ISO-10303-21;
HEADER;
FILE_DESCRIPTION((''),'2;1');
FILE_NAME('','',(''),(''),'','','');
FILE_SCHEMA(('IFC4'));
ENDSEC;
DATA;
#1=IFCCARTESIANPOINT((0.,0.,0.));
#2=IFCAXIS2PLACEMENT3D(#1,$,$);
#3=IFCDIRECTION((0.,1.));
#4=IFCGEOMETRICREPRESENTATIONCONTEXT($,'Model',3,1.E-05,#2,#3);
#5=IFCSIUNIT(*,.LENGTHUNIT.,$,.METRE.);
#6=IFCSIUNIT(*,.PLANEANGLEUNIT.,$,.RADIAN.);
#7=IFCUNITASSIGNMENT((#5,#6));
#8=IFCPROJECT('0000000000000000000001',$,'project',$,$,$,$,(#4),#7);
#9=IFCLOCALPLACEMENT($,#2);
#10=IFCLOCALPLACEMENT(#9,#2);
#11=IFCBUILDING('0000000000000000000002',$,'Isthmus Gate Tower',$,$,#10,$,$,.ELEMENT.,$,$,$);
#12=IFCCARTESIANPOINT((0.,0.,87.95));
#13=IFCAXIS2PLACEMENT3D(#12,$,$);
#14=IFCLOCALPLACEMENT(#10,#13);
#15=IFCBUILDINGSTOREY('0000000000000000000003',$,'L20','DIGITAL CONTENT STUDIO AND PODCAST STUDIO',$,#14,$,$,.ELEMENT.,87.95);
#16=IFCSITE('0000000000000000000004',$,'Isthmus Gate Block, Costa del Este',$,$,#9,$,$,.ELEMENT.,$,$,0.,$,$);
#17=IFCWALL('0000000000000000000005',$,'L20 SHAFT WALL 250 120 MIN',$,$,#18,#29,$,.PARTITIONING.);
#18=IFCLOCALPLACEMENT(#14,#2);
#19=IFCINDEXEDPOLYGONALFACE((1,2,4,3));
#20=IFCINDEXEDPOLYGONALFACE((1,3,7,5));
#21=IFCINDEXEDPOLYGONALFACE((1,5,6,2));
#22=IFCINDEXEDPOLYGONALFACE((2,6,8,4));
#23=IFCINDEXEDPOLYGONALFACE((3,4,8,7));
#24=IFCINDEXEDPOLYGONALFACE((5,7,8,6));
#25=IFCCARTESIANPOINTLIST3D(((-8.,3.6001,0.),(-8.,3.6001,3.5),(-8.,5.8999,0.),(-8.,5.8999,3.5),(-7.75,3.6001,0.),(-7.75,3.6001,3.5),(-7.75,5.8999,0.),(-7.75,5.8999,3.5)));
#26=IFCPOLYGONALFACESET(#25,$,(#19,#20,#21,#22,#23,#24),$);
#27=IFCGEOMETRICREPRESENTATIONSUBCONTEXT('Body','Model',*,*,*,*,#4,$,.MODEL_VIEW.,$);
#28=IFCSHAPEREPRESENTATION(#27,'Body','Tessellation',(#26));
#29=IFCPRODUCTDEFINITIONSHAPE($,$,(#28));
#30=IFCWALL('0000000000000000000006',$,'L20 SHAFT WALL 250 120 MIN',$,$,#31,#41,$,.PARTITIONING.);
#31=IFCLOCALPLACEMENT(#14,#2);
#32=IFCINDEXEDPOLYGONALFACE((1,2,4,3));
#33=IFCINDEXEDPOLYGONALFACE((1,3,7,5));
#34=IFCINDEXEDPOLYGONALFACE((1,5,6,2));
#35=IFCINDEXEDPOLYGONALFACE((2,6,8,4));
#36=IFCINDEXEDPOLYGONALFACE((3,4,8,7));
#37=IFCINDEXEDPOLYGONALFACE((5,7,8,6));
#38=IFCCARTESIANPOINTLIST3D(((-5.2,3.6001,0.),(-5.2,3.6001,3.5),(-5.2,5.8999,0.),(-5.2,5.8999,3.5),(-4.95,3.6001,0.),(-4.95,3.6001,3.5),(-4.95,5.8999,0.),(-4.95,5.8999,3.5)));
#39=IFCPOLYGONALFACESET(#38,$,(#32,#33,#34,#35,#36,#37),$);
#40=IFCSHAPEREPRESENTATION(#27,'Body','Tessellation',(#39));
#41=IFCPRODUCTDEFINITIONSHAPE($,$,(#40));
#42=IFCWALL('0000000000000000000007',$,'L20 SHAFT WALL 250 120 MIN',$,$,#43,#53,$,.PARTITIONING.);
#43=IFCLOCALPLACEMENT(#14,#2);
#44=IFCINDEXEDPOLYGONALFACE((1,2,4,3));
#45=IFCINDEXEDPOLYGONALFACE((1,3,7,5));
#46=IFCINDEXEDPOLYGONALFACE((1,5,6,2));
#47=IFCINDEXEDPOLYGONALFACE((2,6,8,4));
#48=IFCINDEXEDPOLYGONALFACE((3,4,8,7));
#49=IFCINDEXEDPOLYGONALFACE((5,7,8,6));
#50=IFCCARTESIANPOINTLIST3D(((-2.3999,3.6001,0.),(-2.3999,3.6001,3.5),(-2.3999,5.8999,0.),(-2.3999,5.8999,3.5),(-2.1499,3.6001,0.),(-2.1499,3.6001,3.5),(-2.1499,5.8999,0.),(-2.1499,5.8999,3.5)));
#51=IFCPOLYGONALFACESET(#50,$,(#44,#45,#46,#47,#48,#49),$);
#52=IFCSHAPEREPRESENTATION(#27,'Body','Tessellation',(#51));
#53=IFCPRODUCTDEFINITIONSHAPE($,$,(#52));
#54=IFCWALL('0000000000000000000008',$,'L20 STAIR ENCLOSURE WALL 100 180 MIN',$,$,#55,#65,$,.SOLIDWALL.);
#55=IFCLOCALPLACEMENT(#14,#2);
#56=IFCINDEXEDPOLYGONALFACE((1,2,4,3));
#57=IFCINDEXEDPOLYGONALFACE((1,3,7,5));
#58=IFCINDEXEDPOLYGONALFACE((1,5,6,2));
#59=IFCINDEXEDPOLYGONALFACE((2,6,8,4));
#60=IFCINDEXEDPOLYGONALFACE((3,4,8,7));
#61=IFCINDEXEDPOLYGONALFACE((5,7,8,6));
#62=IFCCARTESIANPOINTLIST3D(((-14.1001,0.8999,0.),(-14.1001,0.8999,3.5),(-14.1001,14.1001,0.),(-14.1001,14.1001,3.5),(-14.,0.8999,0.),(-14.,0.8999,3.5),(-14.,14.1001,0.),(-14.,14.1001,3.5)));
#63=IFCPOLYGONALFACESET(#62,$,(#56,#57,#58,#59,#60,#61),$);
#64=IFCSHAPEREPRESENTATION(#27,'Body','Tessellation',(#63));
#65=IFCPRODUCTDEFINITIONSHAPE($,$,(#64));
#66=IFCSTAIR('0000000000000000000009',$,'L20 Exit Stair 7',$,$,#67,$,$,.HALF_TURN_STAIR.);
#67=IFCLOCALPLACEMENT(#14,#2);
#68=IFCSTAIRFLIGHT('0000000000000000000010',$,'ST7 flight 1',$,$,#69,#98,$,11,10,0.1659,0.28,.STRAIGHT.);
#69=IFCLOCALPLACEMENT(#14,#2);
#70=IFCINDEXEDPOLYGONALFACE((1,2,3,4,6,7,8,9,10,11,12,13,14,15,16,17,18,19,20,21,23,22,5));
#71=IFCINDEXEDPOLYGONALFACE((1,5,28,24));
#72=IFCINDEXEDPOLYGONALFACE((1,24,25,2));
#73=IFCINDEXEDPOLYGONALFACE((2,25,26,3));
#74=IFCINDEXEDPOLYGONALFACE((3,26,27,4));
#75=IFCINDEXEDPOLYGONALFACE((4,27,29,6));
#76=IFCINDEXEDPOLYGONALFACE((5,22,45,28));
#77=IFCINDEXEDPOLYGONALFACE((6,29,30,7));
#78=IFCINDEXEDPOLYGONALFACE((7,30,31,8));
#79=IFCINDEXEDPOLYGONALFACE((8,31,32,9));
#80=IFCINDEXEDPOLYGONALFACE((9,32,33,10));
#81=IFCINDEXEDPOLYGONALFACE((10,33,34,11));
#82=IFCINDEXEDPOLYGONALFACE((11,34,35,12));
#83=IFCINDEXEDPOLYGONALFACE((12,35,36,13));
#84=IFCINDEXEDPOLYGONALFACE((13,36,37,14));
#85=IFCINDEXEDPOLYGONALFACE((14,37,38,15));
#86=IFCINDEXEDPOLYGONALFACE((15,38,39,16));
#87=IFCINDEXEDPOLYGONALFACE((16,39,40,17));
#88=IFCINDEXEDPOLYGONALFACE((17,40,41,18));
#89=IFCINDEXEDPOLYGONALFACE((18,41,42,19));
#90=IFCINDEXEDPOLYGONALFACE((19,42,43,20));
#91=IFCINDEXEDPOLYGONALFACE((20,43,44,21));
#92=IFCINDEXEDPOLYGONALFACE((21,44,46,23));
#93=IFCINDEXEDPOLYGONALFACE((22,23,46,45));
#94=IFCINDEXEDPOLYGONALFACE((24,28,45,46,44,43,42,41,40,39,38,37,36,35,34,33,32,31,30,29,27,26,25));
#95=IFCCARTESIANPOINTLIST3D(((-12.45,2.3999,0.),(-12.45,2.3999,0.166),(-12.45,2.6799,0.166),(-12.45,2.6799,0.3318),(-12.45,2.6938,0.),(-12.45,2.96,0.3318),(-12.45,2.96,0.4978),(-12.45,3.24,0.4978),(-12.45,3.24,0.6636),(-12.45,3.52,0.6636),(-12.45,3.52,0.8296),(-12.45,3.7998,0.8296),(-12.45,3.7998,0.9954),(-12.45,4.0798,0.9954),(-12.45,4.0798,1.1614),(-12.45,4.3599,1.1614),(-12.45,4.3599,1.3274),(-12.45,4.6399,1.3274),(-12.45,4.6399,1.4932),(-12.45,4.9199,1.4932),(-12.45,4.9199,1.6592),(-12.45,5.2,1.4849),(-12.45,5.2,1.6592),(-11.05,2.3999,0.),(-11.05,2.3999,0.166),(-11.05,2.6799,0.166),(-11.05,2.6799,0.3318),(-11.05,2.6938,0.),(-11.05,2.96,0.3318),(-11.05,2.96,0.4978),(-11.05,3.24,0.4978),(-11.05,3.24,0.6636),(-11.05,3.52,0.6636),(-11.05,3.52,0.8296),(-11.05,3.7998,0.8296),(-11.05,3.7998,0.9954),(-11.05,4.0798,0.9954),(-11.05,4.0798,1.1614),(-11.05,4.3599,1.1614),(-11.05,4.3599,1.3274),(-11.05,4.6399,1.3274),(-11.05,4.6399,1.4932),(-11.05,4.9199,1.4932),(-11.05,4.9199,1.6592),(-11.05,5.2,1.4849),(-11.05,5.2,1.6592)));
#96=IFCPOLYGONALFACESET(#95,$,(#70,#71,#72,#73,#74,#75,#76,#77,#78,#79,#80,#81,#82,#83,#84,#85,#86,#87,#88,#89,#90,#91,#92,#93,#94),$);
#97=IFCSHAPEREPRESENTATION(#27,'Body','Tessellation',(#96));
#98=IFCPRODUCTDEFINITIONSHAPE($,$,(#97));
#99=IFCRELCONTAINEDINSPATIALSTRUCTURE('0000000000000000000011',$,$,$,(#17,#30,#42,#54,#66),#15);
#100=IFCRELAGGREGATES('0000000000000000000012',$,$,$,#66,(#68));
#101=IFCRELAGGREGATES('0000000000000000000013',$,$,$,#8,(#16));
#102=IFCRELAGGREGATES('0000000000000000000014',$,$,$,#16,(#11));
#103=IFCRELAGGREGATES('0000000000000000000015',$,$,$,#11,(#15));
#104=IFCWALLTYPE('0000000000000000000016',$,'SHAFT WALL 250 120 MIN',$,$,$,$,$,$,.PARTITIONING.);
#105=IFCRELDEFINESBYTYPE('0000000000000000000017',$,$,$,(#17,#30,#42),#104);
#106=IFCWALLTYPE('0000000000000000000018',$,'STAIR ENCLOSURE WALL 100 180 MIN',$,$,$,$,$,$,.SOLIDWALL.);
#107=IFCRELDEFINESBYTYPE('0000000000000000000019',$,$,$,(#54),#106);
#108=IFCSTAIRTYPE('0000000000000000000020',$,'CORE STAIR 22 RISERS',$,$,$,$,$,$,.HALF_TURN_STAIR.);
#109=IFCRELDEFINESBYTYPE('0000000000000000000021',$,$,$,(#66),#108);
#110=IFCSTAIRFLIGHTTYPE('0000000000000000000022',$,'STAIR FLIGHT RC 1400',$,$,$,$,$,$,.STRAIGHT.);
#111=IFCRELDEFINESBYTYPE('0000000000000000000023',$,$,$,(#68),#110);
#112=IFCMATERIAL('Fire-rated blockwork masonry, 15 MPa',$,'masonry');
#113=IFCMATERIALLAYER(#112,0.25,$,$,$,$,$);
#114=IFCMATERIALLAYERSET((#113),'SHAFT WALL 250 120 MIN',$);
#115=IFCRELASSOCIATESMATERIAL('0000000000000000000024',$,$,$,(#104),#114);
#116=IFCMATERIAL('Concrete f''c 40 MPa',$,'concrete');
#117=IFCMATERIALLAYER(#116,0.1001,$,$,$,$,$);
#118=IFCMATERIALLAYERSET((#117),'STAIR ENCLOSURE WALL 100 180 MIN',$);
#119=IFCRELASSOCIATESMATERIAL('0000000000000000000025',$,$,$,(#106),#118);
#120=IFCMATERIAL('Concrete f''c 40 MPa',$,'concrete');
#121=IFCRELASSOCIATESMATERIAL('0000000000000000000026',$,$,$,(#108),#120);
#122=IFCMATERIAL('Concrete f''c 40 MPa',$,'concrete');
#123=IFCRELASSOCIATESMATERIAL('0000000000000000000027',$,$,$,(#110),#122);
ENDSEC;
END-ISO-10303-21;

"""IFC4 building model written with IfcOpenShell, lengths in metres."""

from ifc_helpers import new_model, si_unit, direction, frame, frame_2d, origin, place, context, subcontext, project, spatial, polyline, rectangle, outline, extrude, material, layer, layer_set, type_object, element, aggregate, save


model = new_model("IFC4")

# Units and contexts
model_context = context("Model", 3, precision=1e-05, world=origin(), true_north=direction((0.0, 1.0)))
body_context = subcontext(model_context, "Body", "Model", "MODEL_VIEW")
ifc_project = project(units=[si_unit("LENGTHUNIT", "METRE"), si_unit("PLANEANGLEUNIT", "RADIAN")], contexts=[model_context])

# Site, building, storey
site_placement = place(None, origin())
site = spatial("IfcSite", under=ifc_project, at=site_placement, Name="Isthmus Gate Block, Costa del Este", CompositionType="ELEMENT", RefElevation=0.0)
building_placement = place(site_placement, origin())
building = spatial("IfcBuilding", under=site, at=building_placement, Name="Isthmus Gate Tower", CompositionType="ELEMENT")
storey_placement = place(building_placement, frame((0.0, 0.0, 87.95)))
storey = spatial("IfcBuildingStorey", under=building, at=storey_placement, Name="L20", Description="DIGITAL CONTENT STUDIO AND PODCAST STUDIO", CompositionType="ELEMENT", Elevation=87.95)

# Walls
ifc_material_1 = material(Name="Fire-rated blockwork masonry, 15 MPa", Category="masonry")
ifc_layer_1 = layer(ifc_material_1, 0.25)
ifc_layer_set_1 = layer_set([ifc_layer_1], Name="SHAFT WALL 250 120 MIN")
wall_type_1 = type_object("IfcWallType", Name="SHAFT WALL 250 120 MIN", PredefinedType="PARTITIONING", material=ifc_layer_set_1)
for number, where, z_axis, x_axis, name in (
    (1, (-7.875, 3.6001, 0.0), (0.0, 0.0, 1.0), (0.0, 1.0, 0.0), "L20 SHAFT WALL 250 120 MIN"),
    (2, (-5.075, 3.6001, 0.0), (0.0, 0.0, 1.0), (0.0, 1.0, 0.0), "L20 SHAFT WALL 250 120 MIN"),
    (3, (-2.2749, 3.6001, 0.0), (0.0, 0.0, 1.0), (0.0, 1.0, 0.0), "L20 SHAFT WALL 250 120 MIN"),
):
    element("IfcWall", number, at=place(storey_placement, frame(where, z_axis=z_axis, x_axis=x_axis)), inside=storey, type_object=wall_type_1, Name=name, PredefinedType="PARTITIONING", context=body_context, shape_type="SweptSolid", body=[
        extrude(rectangle(XDim=2.2998, YDim=0.25, at=frame_2d((1.1499, 0.0))), origin(), (0.0, 0.0, 1.0), 3.5),
    ])
ifc_material_2 = material(Name="Concrete f'c 40 MPa", Category="concrete")
ifc_layer_2 = layer(ifc_material_2, 0.1001)
ifc_layer_set_2 = layer_set([ifc_layer_2], Name="STAIR ENCLOSURE WALL 100 180 MIN")
wall_type_2 = type_object("IfcWallType", Name="STAIR ENCLOSURE WALL 100 180 MIN", PredefinedType="SOLIDWALL", material=ifc_layer_set_2)
wall_1_placement = place(storey_placement, frame((-14.05, 0.8999, 0.0), z_axis=(0.0, 0.0, 1.0), x_axis=(0.0, 1.0, 0.0)))
element("IfcWall", 4, at=wall_1_placement, inside=storey, type_object=wall_type_2, Name="L20 STAIR ENCLOSURE WALL 100 180 MIN", PredefinedType="SOLIDWALL", context=body_context, shape_type="SweptSolid", body=[
    extrude(rectangle(XDim=13.2002, YDim=0.1001, at=frame_2d((6.6001, 0.0))), origin(), (0.0, 0.0, 1.0), 3.5),
])

# Stair, stair flight
ifc_material_3 = material(Name="Concrete f'c 40 MPa", Category="concrete")
stair_type = type_object("IfcStairType", Name="CORE STAIR 22 RISERS", PredefinedType="HALF_TURN_STAIR", material=ifc_material_3)
stair_placement = place(storey_placement, origin())
stair = element("IfcStair", 5, at=stair_placement, inside=storey, type_object=stair_type, Name="L20 Exit Stair 7", PredefinedType="HALF_TURN_STAIR")
ifc_material_4 = material(Name="Concrete f'c 40 MPa", Category="concrete")
stair_flight_type = type_object("IfcStairFlightType", Name="STAIR FLIGHT RC 1400", PredefinedType="STRAIGHT", material=ifc_material_4)
stair_flight_placement = place(storey_placement, frame((-11.75, 2.3999, 0.0), z_axis=(0.0, 0.0, 1.0), x_axis=(0.0, 1.0, 0.0)))
stair_flight = element("IfcStairFlight", 6, at=stair_flight_placement, type_object=stair_flight_type, Name="ST7 flight 1", NumberOfRisers=11, NumberOfTreads=10, PredefinedType="STRAIGHT", RiserHeight=0.1659, TreadLength=0.28, context=body_context, shape_type="SweptSolid", body=[
    extrude(outline(polyline([(0.0, 0.0), (0.0, 0.166), (0.28, 0.166), (0.28, 0.3318), (0.5601, 0.3318), (0.5601, 0.4978), (0.8401, 0.4978), (0.8401, 0.6636), (1.1201, 0.6636), (1.1201, 0.8296), (1.3999, 0.8296), (1.3999, 0.9954), (1.6799, 0.9954), (1.6799, 1.1614), (1.96, 1.1614), (1.96, 1.3274), (2.24, 1.3274), (2.24, 1.4932), (2.52, 1.4932), (2.52, 1.6592), (2.8, 1.6592), (2.8, 1.825), (2.8, 1.4849), (0.2939, 0.0), (0.0, 0.0)])), frame((0.0, 0.7, 0.0), z_axis=(0.0, -1.0, 0.0), x_axis=(1.0, 0.0, 0.0)), (0.0, 0.0, 1.0), 1.3999),
])
aggregate(stair, [stair_flight])

save(model, "model.ifc")
